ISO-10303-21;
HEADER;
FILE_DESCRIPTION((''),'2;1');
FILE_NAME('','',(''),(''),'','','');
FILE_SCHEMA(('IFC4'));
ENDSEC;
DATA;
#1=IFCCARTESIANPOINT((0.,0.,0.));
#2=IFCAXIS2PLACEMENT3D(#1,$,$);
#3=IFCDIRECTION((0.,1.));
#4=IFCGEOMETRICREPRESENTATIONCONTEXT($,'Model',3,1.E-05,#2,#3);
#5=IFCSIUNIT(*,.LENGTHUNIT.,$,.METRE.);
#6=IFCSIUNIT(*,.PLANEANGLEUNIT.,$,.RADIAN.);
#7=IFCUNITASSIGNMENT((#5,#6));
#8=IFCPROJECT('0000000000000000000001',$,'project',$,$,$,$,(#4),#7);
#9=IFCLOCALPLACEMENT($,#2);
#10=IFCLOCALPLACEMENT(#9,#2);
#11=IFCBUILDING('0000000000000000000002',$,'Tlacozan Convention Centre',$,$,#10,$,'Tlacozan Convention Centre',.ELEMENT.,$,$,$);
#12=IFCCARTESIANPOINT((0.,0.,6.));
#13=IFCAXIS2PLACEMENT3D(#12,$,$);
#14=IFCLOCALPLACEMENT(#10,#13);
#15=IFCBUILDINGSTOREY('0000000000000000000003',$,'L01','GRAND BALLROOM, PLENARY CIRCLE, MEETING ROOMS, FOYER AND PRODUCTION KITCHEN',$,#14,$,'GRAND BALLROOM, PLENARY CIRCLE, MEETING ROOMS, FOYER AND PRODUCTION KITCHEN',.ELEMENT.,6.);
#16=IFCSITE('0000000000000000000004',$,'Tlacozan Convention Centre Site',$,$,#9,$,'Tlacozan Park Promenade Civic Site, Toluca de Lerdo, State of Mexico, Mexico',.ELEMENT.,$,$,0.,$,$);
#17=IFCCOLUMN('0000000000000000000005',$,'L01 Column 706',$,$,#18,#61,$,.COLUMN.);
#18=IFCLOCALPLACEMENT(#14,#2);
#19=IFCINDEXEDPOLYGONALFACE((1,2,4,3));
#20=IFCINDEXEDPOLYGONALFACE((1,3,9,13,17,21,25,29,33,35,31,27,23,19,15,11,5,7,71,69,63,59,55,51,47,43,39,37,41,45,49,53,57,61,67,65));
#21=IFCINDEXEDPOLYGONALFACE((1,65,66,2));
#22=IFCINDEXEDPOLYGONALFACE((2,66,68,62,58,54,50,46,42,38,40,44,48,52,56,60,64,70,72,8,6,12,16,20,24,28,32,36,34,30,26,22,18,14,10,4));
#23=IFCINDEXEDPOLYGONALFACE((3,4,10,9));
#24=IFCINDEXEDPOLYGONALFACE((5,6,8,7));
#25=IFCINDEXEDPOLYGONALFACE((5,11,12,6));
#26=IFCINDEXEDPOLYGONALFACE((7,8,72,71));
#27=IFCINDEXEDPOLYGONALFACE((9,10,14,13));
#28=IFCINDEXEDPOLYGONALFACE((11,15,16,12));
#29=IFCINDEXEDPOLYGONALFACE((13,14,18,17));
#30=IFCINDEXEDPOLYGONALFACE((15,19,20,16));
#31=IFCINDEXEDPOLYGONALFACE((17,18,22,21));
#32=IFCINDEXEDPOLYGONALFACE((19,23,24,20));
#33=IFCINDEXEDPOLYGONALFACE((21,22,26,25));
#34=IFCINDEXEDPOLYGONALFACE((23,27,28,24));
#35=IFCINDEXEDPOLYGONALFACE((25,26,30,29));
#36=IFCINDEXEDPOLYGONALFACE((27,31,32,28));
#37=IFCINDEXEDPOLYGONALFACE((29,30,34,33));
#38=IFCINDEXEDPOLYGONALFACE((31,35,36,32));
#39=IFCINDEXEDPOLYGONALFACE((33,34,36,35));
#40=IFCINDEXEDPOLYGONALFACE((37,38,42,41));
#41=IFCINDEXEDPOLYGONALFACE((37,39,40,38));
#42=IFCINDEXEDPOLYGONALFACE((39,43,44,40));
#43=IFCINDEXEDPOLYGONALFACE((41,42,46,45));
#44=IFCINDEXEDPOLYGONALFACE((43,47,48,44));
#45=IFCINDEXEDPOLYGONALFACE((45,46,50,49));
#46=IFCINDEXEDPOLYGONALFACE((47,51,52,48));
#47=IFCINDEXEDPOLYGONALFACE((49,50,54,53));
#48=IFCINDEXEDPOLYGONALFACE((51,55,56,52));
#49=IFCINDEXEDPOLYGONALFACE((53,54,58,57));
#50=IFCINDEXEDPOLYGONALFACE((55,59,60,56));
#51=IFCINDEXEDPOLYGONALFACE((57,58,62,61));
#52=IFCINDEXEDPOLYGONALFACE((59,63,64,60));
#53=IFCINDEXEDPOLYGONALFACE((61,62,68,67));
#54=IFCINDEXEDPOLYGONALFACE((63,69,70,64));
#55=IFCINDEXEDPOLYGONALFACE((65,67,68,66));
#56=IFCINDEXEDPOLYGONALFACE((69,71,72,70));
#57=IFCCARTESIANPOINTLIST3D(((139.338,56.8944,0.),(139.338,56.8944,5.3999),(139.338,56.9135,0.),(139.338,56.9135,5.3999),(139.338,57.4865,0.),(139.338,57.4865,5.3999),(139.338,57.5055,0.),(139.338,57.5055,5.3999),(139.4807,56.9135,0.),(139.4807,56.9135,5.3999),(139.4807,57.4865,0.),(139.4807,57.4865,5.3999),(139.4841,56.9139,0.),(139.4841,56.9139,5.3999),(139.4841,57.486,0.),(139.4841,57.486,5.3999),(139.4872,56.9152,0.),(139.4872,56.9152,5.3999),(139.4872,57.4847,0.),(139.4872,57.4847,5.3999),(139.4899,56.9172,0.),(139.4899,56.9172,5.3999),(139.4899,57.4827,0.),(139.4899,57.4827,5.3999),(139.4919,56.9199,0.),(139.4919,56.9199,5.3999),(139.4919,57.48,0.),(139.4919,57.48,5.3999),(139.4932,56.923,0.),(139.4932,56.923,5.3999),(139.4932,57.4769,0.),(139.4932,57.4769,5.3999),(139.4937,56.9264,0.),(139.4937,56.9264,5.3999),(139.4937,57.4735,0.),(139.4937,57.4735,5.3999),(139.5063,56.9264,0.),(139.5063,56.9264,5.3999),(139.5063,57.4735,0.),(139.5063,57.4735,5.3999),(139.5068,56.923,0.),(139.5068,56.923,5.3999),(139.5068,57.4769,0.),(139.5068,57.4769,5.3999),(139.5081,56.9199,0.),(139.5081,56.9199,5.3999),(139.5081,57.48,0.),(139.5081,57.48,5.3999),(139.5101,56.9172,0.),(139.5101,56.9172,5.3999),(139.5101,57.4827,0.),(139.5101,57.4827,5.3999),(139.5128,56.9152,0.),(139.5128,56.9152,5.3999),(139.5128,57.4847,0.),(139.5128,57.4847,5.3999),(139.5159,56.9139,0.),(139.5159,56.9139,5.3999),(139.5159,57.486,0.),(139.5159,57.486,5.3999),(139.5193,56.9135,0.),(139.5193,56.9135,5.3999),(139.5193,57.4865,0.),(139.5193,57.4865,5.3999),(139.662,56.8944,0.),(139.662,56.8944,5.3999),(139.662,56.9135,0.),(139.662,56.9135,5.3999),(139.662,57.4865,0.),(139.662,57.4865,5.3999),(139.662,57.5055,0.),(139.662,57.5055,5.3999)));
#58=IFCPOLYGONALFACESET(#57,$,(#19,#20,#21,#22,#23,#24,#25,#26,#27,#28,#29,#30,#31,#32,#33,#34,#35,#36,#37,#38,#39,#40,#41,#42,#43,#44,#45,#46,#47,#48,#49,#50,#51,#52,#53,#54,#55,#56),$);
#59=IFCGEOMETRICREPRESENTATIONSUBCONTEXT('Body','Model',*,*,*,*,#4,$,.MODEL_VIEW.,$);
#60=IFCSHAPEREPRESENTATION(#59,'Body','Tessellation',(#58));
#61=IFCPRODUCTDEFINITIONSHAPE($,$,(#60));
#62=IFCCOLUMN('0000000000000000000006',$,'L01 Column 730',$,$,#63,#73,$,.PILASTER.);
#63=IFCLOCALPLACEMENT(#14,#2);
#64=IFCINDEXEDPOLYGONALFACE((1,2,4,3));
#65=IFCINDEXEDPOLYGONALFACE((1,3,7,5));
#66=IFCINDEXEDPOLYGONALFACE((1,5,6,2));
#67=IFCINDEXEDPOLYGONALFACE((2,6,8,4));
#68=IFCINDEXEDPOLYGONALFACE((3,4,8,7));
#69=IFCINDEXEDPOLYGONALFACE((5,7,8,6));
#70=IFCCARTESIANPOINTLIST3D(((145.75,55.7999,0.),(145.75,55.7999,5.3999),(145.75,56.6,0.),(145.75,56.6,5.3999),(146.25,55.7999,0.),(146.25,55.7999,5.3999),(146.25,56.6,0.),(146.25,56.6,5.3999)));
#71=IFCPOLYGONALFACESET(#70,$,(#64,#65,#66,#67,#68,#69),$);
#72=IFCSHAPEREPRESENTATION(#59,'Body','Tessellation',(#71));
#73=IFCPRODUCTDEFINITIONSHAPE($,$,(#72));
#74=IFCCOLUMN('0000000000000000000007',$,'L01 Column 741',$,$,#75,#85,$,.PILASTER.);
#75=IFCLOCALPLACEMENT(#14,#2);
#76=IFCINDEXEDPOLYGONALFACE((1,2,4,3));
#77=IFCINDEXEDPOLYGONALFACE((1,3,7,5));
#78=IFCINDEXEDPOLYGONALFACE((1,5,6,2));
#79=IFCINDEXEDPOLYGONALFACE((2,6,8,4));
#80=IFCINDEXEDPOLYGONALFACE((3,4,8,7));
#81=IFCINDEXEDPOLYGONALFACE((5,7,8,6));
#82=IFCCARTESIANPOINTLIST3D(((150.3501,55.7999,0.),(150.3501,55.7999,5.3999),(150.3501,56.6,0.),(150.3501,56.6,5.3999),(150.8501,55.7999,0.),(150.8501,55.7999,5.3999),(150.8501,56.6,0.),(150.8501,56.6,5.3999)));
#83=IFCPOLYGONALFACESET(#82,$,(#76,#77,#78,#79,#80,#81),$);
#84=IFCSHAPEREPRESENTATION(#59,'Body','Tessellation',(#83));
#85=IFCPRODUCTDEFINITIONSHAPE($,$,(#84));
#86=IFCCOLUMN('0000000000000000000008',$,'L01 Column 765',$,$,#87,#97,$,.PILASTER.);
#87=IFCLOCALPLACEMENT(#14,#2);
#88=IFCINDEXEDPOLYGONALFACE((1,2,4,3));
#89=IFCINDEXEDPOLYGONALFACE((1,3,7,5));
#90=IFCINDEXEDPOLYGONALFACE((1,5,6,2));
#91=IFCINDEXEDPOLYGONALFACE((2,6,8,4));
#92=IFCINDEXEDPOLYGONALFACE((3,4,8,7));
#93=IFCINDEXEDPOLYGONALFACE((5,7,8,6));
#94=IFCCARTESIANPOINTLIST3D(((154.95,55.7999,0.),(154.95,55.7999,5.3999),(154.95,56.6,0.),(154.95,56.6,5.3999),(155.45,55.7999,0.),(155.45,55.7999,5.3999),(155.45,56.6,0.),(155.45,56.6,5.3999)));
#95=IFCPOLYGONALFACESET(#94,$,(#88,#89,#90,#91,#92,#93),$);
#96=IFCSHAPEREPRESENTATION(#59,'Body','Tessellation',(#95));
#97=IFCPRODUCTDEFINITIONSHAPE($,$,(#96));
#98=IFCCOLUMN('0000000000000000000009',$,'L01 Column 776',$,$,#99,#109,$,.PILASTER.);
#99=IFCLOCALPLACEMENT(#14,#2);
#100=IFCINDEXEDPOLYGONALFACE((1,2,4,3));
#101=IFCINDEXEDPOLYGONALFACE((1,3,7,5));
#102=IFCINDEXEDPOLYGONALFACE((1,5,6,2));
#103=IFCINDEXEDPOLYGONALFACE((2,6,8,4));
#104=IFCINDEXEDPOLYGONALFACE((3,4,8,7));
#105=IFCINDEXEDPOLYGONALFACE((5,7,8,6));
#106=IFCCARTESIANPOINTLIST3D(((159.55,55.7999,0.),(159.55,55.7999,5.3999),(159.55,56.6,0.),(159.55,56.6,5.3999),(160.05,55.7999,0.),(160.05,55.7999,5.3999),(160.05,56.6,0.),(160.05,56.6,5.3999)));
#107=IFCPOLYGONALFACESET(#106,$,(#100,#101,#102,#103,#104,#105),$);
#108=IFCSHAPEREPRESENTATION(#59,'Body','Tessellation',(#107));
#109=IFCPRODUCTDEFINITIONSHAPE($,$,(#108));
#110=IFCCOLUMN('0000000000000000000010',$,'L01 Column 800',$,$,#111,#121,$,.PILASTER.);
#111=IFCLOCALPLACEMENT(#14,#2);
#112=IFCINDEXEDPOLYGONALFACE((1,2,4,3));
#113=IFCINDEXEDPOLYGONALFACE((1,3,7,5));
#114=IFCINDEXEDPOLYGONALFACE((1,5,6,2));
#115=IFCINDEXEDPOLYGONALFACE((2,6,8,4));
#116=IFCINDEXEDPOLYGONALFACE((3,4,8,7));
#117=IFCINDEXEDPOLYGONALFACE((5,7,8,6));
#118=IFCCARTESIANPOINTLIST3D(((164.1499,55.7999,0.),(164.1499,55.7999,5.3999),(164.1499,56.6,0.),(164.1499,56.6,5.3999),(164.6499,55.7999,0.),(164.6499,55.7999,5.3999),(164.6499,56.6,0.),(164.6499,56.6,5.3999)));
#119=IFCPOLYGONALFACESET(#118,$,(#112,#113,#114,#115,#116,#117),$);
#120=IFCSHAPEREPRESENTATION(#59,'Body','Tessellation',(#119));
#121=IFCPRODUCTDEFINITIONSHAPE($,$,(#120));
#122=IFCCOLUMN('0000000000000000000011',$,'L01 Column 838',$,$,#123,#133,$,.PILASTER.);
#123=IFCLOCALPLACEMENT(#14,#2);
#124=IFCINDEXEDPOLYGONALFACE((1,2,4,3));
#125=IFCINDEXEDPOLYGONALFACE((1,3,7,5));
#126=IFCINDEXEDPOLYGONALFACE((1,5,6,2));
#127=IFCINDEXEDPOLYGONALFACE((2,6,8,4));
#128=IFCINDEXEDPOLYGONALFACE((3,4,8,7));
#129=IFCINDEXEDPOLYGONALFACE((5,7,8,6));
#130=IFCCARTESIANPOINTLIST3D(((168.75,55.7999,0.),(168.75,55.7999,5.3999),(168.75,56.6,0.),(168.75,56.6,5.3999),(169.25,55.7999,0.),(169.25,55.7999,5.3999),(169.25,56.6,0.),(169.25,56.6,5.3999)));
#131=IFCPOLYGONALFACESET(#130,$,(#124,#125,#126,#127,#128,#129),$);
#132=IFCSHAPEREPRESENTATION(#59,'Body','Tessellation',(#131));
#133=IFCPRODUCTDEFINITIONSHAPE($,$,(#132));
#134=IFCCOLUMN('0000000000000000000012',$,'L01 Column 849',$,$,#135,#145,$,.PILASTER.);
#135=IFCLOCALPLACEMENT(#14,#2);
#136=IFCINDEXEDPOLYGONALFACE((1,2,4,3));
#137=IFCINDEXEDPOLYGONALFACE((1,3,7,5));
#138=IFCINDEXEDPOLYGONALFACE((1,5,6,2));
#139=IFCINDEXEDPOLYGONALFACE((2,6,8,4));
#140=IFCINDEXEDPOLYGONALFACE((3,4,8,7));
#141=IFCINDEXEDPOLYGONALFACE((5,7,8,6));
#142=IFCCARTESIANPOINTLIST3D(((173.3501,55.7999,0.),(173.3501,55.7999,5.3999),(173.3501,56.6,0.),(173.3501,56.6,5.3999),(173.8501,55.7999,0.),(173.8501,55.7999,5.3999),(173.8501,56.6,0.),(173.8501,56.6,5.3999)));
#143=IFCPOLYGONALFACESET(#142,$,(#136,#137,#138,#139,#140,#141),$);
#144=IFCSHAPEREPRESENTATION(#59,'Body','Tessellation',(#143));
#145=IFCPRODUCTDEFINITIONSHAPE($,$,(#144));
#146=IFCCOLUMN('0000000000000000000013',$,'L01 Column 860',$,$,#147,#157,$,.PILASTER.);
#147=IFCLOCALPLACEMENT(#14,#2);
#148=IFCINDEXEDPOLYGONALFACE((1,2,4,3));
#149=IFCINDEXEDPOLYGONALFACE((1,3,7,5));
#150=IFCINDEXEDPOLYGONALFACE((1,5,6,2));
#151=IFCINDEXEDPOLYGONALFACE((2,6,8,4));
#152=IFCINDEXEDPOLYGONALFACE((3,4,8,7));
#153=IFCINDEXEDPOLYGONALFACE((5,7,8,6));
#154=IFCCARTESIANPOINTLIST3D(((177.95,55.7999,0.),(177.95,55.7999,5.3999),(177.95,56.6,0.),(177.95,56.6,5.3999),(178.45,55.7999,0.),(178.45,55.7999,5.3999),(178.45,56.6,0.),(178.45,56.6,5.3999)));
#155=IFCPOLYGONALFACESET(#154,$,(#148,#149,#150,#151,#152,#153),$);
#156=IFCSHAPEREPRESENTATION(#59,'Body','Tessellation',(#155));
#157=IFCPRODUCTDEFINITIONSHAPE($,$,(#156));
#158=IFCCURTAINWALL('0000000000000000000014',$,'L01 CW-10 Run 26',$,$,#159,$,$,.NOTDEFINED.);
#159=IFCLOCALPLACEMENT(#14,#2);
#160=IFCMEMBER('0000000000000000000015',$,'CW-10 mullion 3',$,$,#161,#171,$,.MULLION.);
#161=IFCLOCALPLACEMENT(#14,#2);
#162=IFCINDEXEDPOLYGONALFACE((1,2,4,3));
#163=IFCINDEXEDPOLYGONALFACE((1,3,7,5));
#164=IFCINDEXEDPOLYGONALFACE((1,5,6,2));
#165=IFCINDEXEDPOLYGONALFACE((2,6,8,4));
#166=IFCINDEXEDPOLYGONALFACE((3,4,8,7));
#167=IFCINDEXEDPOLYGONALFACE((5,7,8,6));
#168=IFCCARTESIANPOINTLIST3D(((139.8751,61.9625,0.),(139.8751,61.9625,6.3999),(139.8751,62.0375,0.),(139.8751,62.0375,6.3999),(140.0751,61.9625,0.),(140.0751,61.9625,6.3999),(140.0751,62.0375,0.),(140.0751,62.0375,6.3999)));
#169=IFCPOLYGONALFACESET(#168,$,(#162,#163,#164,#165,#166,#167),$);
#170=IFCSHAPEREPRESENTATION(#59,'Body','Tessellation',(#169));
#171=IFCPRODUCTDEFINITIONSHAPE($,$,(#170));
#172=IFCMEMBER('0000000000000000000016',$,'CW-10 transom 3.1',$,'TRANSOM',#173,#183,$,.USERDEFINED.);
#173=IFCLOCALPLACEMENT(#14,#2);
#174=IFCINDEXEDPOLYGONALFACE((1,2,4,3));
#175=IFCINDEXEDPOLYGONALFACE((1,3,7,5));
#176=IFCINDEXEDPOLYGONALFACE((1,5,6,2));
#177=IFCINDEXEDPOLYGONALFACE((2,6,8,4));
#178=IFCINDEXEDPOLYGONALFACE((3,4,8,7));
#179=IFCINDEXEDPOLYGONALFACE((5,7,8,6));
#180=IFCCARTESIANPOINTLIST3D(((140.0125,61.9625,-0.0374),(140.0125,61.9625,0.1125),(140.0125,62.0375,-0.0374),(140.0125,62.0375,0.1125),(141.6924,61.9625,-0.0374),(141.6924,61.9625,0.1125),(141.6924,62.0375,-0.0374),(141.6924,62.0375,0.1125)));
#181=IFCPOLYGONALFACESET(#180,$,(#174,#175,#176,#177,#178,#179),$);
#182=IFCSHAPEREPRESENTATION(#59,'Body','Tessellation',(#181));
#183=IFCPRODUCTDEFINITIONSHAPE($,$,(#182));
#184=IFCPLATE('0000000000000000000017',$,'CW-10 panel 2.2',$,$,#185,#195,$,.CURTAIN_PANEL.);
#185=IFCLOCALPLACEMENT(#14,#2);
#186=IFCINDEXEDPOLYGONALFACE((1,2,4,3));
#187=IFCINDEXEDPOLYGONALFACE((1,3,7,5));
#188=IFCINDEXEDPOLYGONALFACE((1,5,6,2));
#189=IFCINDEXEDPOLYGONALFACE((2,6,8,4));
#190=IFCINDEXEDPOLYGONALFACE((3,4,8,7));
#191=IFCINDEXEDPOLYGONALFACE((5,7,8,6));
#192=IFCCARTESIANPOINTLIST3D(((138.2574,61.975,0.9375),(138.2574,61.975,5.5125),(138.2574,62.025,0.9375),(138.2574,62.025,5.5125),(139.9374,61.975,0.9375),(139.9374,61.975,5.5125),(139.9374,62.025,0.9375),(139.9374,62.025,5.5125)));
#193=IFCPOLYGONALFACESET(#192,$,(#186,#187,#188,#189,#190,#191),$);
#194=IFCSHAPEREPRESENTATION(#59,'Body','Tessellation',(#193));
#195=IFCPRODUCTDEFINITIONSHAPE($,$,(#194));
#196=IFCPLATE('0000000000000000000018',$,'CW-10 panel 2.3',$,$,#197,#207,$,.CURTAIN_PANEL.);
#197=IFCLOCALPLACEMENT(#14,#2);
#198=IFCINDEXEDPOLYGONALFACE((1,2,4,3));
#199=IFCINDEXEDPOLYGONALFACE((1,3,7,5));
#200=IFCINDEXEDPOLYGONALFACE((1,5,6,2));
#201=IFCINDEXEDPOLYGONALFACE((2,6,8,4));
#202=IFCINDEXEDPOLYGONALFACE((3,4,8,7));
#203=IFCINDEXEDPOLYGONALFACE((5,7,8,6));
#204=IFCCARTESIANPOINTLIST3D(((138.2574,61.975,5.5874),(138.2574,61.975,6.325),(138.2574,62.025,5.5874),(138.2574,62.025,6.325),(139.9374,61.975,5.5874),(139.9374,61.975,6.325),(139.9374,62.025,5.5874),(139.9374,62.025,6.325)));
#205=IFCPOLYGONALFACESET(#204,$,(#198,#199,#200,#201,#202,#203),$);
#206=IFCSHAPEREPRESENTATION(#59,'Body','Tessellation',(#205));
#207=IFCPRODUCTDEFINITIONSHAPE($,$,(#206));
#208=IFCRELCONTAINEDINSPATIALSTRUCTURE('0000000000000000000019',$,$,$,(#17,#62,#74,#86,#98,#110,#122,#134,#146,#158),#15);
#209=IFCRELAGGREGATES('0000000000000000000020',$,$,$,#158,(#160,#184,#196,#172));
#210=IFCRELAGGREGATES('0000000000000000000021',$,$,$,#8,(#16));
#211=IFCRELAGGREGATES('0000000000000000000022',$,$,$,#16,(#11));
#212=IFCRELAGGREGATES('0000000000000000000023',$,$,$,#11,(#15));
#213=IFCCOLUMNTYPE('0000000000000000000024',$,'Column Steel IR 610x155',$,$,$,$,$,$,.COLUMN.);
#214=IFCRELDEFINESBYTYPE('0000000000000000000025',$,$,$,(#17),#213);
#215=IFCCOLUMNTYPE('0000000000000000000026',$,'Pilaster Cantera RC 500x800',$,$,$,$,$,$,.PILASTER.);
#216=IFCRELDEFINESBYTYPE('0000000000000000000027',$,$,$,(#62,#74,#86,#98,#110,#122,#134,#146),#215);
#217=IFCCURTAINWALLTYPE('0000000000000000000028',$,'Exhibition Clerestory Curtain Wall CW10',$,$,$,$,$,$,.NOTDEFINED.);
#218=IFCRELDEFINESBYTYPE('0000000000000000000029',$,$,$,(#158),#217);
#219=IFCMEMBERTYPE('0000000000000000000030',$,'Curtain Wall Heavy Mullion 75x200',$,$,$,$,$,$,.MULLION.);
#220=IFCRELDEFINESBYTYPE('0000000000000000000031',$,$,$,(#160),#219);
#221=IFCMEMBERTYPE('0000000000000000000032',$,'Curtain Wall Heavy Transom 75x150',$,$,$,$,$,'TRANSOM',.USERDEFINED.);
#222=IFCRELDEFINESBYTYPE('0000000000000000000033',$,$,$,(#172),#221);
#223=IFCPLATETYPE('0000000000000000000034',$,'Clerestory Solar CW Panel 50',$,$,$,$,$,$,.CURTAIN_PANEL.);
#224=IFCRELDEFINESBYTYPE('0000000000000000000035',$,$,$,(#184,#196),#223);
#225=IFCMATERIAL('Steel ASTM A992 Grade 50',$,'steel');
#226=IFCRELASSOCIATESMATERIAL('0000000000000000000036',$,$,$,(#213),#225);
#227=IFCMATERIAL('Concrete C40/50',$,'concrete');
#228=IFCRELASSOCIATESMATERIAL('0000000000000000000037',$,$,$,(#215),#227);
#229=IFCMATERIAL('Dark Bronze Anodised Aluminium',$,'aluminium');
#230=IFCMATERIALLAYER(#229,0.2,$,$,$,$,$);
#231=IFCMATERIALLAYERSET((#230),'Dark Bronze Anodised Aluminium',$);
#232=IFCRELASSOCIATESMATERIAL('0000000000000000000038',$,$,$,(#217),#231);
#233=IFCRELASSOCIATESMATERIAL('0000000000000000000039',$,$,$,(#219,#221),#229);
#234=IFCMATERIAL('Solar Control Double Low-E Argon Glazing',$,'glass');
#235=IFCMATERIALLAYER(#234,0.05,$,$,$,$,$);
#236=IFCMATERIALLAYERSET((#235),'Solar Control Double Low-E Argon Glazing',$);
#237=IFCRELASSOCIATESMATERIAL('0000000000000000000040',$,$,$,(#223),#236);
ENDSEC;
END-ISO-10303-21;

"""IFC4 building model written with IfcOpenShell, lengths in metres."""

from ifc_helpers import new_model, si_unit, direction, frame, origin, origin_2d, place, context, subcontext, project, spatial, rectangle, i_section, extrude, material, layer, layer_set, material_profile, profile_set, type_object, element, aggregate, save


model = new_model("IFC4")

# Units and contexts
model_context = context("Model", 3, precision=1e-05, world=origin(), true_north=direction((0.0, 1.0)))
body_context = subcontext(model_context, "Body", "Model", "MODEL_VIEW")
ifc_project = project(units=[si_unit("LENGTHUNIT", "METRE"), si_unit("PLANEANGLEUNIT", "RADIAN")], contexts=[model_context])

# Site, building, storey
site_placement = place(None, origin())
site = spatial("IfcSite", under=ifc_project, at=site_placement, Name="Tlacozan Convention Centre Site", LongName="Tlacozan Park Promenade Civic Site, Toluca de Lerdo, State of Mexico, Mexico", CompositionType="ELEMENT", RefElevation=0.0)
building_placement = place(site_placement, origin())
building = spatial("IfcBuilding", under=site, at=building_placement, Name="Tlacozan Convention Centre", LongName="Tlacozan Convention Centre", CompositionType="ELEMENT")
storey_placement = place(building_placement, frame((0.0, 0.0, 6.0)))
storey = spatial("IfcBuildingStorey", under=building, at=storey_placement, Name="L01", Description="GRAND BALLROOM, PLENARY CIRCLE, MEETING ROOMS, FOYER AND PRODUCTION KITCHEN", LongName="GRAND BALLROOM, PLENARY CIRCLE, MEETING ROOMS, FOYER AND PRODUCTION KITCHEN", CompositionType="ELEMENT", Elevation=6.0)

# Columns
ifc_material_1 = material(Name="Steel ASTM A992 Grade 50", Category="steel")
ifc_material_profile_1 = material_profile(ifc_material_1, i_section(OverallWidth=0.324, OverallDepth=0.6111, WebThickness=0.0127, FlangeThickness=0.019, FilletRadius=0.0129, at=origin_2d()), Name="IR 610x155.0")
ifc_profile_set_1 = profile_set([ifc_material_profile_1], Name="Steel ASTM A992 Grade 50")
column_type_1 = type_object("IfcColumnType", Name="Column Steel IR 610x155", PredefinedType="COLUMN", material=ifc_profile_set_1)
column_placement = place(storey_placement, frame((139.5, 57.2, 0.0), z_axis=(0.0, 0.0, 1.0), x_axis=(1.0, 0.0, 0.0)))
element("IfcColumn", 1, at=column_placement, inside=storey, type_object=column_type_1, Name="L01 Column 706", PredefinedType="COLUMN", context=body_context, shape_type="SweptSolid", body=[
    extrude(i_section(OverallWidth=0.324, OverallDepth=0.6111, WebThickness=0.0127, FlangeThickness=0.019, FilletRadius=0.0129, at=origin_2d()), origin(), (0.0, 0.0, 1.0), 5.3999),
])
ifc_material_2 = material(Name="Concrete C40/50", Category="concrete")
ifc_material_profile_2 = material_profile(ifc_material_2, rectangle(XDim=0.5, YDim=0.8, at=origin_2d()), Name="RC 500x800")
ifc_profile_set_2 = profile_set([ifc_material_profile_2], Name="Concrete C40/50")
column_type_2 = type_object("IfcColumnType", Name="Pilaster Cantera RC 500x800", PredefinedType="PILASTER", material=ifc_profile_set_2)
for number, where, z_axis, x_axis, name in (
    (2, (146.0, 56.2, 0.0), (0.0, 0.0, 1.0), (1.0, 0.0, 0.0), "L01 Column 730"),
    (3, (150.6001, 56.2, 0.0), (0.0, 0.0, 1.0), (1.0, 0.0, 0.0), "L01 Column 741"),
    (4, (155.2, 56.2, 0.0), (0.0, 0.0, 1.0), (1.0, 0.0, 0.0), "L01 Column 765"),
    (5, (159.8, 56.2, 0.0), (0.0, 0.0, 1.0), (1.0, 0.0, 0.0), "L01 Column 776"),
    (6, (164.3999, 56.2, 0.0), (0.0, 0.0, 1.0), (1.0, 0.0, 0.0), "L01 Column 800"),
    (7, (169.0, 56.2, 0.0), (0.0, 0.0, 1.0), (1.0, 0.0, 0.0), "L01 Column 838"),
    (8, (173.6001, 56.2, 0.0), (0.0, 0.0, 1.0), (1.0, 0.0, 0.0), "L01 Column 849"),
    (9, (178.2, 56.2, 0.0), (0.0, 0.0, 1.0), (1.0, 0.0, 0.0), "L01 Column 860"),
):
    element("IfcColumn", number, at=place(storey_placement, frame(where, z_axis=z_axis, x_axis=x_axis)), inside=storey, type_object=column_type_2, Name=name, PredefinedType="PILASTER", context=body_context, shape_type="SweptSolid", body=[
        extrude(rectangle(XDim=0.5, YDim=0.8, at=origin_2d()), origin(), (0.0, 0.0, 1.0), 5.3999),
    ])

# Curtain wall, members, plates
ifc_material_3 = material(Name="Dark Bronze Anodised Aluminium", Category="aluminium")
ifc_layer_1 = layer(ifc_material_3, 0.2)
ifc_layer_set_1 = layer_set([ifc_layer_1], Name="Dark Bronze Anodised Aluminium")
curtain_wall_type = type_object("IfcCurtainWallType", Name="Exhibition Clerestory Curtain Wall CW10", PredefinedType="NOTDEFINED", material=ifc_layer_set_1)
curtain_wall_placement = place(storey_placement, origin())
curtain_wall = element("IfcCurtainWall", 10, at=curtain_wall_placement, inside=storey, type_object=curtain_wall_type, Name="L01 CW-10 Run 26", PredefinedType="NOTDEFINED")
ifc_material_profile_3 = material_profile(ifc_material_3, rectangle(XDim=0.075, YDim=0.2, at=origin_2d()), Name="ALU 75x200")
ifc_profile_set_3 = profile_set([ifc_material_profile_3], Name="Dark Bronze Anodised Aluminium")
member_type_1 = type_object("IfcMemberType", Name="Curtain Wall Heavy Mullion 75x200", PredefinedType="MULLION", material=ifc_profile_set_3)
member_1_placement = place(storey_placement, frame((139.9751, 62.0, 0.0), z_axis=(0.0, 0.0, 1.0), x_axis=(0.0, 1.0, 0.0)))
member_1 = element("IfcMember", 11, at=member_1_placement, type_object=member_type_1, Name="CW-10 mullion 3", PredefinedType="MULLION", context=body_context, shape_type="SweptSolid", body=[
    extrude(rectangle(XDim=0.075, YDim=0.2, at=origin_2d()), origin(), (0.0, 0.0, 1.0), 6.3999),
])
ifc_material_profile_4 = material_profile(ifc_material_3, rectangle(XDim=0.075, YDim=0.1499, at=origin_2d()), Name="ALU 75x150")
ifc_profile_set_4 = profile_set([ifc_material_profile_4], Name="Dark Bronze Anodised Aluminium")
member_type_2 = type_object("IfcMemberType", Name="Curtain Wall Heavy Transom 75x150", ElementType="TRANSOM", PredefinedType="USERDEFINED", material=ifc_profile_set_4)
member_2_placement = place(storey_placement, frame((140.0125, 62.0, 0.0376), z_axis=(1.0, 0.0, 0.0), x_axis=(0.0, 1.0, 0.0)))
member_2 = element("IfcMember", 12, at=member_2_placement, type_object=member_type_2, Name="CW-10 transom 3.1", ObjectType="TRANSOM", PredefinedType="USERDEFINED", context=body_context, shape_type="SweptSolid", body=[
    extrude(rectangle(XDim=0.075, YDim=0.1499, at=origin_2d()), origin(), (0.0, 0.0, 1.0), 1.6799),
])
ifc_material_4 = material(Name="Solar Control Double Low-E Argon Glazing", Category="glass")
ifc_layer_2 = layer(ifc_material_4, 0.05)
ifc_layer_set_2 = layer_set([ifc_layer_2], Name="Solar Control Double Low-E Argon Glazing")
plate_type = type_object("IfcPlateType", Name="Clerestory Solar CW Panel 50", PredefinedType="CURTAIN_PANEL", material=ifc_layer_set_2)
plate_1_placement = place(storey_placement, frame((139.0974, 62.0, 0.9375), z_axis=(0.0, 0.0, 1.0), x_axis=(1.0, 0.0, 0.0)))
plate_1 = element("IfcPlate", 13, at=plate_1_placement, type_object=plate_type, Name="CW-10 panel 2.2", PredefinedType="CURTAIN_PANEL", context=body_context, shape_type="SweptSolid", body=[
    extrude(rectangle(XDim=1.6799, YDim=0.05, at=origin_2d()), origin(), (0.0, 0.0, 1.0), 4.575),
])
plate_2_placement = place(storey_placement, frame((139.0974, 62.0, 5.5874), z_axis=(0.0, 0.0, 1.0), x_axis=(1.0, 0.0, 0.0)))
plate_2 = element("IfcPlate", 14, at=plate_2_placement, type_object=plate_type, Name="CW-10 panel 2.3", PredefinedType="CURTAIN_PANEL", context=body_context, shape_type="SweptSolid", body=[
    extrude(rectangle(XDim=1.6799, YDim=0.05, at=origin_2d()), origin(), (0.0, 0.0, 1.0), 0.7375),
])
aggregate(curtain_wall, [member_1, plate_1, plate_2, member_2])

save(model, "model.ifc")
